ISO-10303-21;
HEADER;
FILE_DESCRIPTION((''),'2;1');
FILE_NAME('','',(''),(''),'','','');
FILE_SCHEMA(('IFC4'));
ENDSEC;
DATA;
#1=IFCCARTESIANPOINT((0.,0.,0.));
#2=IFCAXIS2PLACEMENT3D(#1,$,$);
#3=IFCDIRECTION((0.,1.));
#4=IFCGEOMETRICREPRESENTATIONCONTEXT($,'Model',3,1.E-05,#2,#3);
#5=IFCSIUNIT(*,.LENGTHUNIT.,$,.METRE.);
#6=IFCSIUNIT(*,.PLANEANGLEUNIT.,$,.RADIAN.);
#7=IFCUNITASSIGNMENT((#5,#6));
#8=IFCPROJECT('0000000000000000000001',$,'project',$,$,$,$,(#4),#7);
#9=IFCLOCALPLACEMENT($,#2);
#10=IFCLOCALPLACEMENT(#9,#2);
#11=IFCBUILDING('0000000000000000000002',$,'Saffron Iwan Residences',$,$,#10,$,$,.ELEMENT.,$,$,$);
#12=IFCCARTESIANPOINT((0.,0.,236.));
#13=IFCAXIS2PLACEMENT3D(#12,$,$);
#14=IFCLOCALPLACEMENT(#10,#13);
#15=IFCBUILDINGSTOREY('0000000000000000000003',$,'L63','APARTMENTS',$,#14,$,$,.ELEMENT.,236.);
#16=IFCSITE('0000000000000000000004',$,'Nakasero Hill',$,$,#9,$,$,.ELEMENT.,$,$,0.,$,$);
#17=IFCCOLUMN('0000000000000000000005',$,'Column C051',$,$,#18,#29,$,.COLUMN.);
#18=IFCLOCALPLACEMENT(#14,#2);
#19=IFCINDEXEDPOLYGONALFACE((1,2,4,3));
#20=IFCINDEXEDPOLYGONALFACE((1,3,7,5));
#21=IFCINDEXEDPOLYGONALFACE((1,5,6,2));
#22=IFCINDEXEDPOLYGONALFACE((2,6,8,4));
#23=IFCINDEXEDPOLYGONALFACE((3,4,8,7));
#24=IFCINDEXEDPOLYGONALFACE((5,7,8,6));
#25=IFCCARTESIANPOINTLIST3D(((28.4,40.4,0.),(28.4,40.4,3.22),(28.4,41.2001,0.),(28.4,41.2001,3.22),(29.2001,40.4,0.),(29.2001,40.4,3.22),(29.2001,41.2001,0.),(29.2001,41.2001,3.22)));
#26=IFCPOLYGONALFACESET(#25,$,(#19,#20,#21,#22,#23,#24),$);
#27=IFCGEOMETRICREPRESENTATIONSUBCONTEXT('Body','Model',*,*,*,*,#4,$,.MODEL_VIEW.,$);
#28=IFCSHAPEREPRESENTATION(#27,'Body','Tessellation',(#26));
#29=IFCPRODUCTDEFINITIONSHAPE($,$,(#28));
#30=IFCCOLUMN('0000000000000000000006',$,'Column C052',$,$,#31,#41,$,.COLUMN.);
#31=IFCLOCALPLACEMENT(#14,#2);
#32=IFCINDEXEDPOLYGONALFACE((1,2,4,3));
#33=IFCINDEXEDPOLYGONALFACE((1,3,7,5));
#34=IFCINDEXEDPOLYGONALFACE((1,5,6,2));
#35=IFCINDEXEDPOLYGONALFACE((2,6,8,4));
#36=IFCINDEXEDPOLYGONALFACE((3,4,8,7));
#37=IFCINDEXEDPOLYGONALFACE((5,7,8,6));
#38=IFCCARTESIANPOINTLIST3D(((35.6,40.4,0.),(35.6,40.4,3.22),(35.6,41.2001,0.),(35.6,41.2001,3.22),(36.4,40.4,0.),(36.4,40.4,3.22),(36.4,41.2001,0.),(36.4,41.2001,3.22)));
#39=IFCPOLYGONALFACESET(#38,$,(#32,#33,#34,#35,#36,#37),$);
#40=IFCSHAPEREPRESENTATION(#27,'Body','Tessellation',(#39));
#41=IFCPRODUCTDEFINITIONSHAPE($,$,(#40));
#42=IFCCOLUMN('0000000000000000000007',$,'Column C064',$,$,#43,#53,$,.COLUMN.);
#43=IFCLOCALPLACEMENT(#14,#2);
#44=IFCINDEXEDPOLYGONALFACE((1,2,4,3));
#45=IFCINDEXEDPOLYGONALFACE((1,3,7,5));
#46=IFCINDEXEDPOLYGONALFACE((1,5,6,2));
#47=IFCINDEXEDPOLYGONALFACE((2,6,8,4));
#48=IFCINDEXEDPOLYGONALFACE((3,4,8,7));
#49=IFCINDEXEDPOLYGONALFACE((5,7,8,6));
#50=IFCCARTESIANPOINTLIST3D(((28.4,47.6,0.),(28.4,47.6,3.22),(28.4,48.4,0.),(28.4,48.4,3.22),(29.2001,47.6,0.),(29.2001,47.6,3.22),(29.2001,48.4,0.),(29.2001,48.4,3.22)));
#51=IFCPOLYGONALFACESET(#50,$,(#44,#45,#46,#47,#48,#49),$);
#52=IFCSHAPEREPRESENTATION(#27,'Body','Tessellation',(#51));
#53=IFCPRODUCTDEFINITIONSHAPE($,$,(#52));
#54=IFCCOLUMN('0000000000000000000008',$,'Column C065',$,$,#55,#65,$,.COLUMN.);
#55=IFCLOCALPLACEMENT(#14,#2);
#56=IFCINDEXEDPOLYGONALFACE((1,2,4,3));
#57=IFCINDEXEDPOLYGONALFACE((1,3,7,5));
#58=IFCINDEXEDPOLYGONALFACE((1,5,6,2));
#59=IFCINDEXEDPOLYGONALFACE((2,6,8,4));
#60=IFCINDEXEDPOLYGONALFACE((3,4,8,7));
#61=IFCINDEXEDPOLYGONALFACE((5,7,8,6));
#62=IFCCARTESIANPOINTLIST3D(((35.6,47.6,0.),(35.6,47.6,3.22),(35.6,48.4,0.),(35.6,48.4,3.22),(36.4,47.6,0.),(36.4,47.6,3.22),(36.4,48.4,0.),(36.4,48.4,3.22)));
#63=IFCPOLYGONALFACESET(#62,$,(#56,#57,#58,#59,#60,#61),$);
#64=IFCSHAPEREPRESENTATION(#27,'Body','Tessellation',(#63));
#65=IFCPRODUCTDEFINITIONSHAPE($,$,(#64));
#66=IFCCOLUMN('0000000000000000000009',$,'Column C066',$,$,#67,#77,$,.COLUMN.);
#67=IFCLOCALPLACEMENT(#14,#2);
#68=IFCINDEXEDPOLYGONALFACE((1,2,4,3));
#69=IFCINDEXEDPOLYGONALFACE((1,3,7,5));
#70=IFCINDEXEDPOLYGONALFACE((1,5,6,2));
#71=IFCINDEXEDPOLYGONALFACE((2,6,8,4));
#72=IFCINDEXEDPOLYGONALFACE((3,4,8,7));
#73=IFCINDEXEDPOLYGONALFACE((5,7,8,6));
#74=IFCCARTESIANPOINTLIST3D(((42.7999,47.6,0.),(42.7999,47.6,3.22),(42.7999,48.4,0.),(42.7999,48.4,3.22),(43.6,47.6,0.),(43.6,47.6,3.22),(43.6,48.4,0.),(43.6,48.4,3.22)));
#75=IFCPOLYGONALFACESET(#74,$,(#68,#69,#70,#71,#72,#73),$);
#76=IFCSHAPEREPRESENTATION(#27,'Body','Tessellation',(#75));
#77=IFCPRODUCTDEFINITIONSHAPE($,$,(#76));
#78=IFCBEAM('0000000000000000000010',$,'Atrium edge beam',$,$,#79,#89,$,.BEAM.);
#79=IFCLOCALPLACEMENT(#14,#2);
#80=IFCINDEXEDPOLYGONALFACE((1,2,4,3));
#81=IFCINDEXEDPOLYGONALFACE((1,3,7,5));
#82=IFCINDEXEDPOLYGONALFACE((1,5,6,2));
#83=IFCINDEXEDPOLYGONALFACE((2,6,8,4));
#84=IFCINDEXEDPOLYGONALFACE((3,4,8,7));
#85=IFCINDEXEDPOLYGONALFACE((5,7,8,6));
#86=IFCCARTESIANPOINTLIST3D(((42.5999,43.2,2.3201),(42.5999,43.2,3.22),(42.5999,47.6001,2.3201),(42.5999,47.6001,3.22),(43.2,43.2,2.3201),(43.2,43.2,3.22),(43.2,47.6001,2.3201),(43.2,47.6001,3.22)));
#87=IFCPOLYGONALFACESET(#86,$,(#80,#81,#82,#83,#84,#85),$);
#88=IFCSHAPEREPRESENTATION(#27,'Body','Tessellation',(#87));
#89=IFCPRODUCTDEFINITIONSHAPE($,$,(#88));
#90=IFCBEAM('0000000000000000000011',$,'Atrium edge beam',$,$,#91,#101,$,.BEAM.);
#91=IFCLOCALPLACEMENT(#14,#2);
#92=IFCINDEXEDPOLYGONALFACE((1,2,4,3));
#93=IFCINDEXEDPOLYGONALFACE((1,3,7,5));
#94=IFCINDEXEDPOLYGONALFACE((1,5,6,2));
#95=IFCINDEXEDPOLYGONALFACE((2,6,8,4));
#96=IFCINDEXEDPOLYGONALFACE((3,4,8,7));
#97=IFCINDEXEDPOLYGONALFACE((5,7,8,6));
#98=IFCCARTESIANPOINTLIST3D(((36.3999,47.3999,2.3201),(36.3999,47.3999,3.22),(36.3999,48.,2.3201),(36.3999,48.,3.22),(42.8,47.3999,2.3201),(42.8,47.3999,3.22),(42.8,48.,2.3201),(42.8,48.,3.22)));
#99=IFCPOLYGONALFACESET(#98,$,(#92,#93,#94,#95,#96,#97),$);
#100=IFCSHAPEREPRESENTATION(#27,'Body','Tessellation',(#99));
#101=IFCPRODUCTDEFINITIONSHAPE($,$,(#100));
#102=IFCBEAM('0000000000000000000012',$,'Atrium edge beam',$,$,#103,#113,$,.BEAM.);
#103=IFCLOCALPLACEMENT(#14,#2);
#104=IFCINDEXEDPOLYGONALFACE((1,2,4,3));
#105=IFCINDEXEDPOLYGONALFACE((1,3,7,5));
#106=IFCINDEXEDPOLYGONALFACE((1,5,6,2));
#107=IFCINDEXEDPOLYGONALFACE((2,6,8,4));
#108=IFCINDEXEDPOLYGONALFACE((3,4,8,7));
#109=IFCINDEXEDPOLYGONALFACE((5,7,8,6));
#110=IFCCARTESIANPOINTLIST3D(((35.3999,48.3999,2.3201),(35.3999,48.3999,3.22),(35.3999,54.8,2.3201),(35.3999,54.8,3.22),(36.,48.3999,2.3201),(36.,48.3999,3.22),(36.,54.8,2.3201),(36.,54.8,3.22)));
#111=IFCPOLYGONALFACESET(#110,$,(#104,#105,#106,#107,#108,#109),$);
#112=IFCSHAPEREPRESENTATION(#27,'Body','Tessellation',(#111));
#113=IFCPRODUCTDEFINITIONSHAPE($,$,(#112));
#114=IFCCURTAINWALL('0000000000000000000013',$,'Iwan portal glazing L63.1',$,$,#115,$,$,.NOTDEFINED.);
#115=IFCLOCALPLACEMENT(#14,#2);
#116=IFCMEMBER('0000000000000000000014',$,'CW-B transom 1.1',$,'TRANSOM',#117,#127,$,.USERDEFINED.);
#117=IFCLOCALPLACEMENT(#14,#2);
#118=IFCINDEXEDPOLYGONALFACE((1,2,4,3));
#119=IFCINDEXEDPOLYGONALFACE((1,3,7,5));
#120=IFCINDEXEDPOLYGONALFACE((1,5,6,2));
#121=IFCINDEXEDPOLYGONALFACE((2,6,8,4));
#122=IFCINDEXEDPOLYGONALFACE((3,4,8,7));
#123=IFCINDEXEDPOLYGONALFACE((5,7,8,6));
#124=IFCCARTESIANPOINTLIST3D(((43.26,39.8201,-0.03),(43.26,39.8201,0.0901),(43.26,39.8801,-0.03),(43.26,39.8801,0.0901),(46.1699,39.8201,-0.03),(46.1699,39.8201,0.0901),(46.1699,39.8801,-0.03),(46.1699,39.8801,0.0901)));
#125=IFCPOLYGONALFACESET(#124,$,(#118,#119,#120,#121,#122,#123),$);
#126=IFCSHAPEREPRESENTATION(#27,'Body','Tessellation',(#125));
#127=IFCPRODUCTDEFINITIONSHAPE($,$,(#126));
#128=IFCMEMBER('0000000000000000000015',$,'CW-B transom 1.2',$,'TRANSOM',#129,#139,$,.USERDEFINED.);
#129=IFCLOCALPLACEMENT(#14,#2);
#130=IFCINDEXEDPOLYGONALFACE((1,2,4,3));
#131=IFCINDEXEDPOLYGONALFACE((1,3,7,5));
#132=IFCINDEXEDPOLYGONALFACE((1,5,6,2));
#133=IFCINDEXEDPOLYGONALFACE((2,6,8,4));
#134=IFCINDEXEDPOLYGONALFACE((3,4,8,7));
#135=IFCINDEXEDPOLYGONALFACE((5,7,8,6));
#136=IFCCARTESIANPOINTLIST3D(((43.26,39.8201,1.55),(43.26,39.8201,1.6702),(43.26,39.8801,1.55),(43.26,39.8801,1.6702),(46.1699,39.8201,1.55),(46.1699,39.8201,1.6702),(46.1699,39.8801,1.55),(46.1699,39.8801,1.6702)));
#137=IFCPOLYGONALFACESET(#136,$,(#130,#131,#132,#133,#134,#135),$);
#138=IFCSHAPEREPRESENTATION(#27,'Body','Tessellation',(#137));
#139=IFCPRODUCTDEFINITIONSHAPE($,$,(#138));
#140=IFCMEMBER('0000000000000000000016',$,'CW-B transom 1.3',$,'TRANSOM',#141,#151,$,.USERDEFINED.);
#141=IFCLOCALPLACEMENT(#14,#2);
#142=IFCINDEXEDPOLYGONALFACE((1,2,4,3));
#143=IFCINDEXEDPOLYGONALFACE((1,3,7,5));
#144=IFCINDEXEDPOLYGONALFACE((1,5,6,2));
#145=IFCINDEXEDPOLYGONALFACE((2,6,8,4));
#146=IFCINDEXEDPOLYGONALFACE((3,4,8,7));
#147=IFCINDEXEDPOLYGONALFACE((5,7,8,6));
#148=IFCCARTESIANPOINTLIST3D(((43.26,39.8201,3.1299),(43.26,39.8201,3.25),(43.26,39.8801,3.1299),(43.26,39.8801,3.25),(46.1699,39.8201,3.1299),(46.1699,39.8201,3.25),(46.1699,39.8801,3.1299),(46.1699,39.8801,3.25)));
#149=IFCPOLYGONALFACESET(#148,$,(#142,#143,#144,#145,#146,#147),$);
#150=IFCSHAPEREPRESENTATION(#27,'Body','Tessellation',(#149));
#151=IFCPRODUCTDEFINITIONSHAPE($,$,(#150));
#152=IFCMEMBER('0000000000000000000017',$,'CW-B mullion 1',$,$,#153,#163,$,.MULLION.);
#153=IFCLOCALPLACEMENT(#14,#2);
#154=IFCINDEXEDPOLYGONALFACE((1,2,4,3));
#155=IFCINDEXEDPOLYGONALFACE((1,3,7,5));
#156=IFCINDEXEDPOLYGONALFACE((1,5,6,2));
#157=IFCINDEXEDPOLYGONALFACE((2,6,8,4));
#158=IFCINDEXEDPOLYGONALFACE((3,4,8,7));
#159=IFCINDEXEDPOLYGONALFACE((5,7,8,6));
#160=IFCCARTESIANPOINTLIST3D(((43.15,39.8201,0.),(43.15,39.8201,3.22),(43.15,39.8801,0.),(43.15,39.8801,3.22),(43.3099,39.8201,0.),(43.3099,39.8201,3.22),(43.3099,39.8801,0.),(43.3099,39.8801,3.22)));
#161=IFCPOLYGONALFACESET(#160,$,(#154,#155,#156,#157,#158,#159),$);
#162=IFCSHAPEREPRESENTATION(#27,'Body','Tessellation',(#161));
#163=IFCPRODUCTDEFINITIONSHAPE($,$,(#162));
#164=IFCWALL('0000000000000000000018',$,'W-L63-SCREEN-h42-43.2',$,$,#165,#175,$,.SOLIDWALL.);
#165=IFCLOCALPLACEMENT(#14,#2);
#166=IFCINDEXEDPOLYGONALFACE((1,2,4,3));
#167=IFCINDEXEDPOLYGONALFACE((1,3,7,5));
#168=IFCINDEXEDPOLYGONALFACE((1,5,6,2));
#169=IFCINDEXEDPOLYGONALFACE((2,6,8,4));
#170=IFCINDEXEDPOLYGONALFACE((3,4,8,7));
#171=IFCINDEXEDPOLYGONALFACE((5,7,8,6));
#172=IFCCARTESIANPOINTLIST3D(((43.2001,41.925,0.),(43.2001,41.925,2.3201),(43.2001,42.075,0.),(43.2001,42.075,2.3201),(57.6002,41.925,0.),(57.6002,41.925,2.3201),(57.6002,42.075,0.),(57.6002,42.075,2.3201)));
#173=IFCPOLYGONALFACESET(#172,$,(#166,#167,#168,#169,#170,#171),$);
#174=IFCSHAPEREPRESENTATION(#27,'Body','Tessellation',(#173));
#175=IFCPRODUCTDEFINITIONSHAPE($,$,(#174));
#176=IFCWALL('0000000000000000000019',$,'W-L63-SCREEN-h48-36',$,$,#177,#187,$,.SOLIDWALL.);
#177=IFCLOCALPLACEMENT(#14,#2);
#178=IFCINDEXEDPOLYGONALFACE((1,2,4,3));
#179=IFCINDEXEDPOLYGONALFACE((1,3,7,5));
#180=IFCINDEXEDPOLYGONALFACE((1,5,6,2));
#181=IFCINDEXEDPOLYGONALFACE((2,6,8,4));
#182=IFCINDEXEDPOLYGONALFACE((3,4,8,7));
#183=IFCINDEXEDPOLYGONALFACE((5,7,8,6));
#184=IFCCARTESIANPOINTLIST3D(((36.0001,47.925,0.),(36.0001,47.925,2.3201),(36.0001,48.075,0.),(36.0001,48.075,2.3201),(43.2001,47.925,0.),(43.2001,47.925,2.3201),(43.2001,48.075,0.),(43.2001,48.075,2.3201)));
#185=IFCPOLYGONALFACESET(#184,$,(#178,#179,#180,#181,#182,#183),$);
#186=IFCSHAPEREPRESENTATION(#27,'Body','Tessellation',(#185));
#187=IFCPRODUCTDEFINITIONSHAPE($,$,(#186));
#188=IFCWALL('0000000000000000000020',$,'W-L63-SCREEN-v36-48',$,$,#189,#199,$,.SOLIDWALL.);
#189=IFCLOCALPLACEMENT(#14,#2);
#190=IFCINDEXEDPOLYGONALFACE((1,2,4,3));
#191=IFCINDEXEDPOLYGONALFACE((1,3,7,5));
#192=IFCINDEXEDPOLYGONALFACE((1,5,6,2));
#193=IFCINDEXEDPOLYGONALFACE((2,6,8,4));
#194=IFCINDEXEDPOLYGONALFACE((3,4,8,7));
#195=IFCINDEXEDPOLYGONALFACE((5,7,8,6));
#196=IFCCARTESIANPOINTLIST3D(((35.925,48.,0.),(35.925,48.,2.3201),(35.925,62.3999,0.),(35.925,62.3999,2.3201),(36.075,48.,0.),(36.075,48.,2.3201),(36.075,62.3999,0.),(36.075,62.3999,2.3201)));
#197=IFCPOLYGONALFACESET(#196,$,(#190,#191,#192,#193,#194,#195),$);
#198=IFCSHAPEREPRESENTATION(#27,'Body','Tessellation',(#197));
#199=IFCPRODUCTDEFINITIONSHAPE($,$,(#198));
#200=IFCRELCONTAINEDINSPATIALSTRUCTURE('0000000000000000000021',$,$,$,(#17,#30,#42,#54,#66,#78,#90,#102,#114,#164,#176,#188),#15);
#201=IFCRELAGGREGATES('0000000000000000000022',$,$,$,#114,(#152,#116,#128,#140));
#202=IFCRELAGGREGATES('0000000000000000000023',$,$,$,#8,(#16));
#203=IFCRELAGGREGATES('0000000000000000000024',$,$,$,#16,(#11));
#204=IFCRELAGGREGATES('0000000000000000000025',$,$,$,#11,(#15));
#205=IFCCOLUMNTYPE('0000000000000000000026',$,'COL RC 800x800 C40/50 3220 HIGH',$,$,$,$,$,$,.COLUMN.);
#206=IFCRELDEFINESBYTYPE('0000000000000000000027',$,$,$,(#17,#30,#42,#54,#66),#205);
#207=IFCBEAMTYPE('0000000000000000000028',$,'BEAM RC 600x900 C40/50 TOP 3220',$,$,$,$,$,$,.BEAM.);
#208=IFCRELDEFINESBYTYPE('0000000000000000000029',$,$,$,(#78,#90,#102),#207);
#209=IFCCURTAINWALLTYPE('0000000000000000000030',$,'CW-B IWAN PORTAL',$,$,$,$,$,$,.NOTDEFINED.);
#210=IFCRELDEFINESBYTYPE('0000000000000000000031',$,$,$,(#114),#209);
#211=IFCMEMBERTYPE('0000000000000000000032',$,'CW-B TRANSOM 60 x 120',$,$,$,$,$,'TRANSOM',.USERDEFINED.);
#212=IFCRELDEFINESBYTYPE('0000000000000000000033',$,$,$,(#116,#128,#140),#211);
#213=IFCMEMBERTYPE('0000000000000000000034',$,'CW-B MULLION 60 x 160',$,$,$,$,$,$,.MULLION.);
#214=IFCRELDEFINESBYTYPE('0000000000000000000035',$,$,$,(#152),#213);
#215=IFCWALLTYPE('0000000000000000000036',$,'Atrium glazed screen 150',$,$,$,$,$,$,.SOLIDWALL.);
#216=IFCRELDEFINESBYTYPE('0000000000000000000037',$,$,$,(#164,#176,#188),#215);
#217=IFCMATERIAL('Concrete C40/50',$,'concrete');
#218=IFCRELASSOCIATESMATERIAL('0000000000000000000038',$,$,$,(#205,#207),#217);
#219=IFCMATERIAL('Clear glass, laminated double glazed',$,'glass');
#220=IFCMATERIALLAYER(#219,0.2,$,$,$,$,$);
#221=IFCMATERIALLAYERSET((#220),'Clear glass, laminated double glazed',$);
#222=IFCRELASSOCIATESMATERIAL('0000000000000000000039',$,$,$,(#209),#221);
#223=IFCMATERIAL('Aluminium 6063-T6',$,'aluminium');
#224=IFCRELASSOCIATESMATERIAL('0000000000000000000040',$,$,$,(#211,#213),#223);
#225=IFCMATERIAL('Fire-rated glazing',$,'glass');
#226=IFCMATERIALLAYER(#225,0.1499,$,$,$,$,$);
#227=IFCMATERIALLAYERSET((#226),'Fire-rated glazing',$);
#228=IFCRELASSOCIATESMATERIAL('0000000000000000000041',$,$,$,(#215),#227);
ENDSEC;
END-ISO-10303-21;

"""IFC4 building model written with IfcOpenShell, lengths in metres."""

from ifc_helpers import new_model, si_unit, direction, frame, frame_2d, origin, origin_2d, place, context, subcontext, project, spatial, rectangle, extrude, source, transform, mapped, material, layer, layer_set, material_profile, profile_set, type_object, element, aggregate, save


model = new_model("IFC4")

# Units and contexts
model_context = context("Model", 3, precision=1e-05, world=origin(), true_north=direction((0.0, 1.0)))
body_context = subcontext(model_context, "Body", "Model", "MODEL_VIEW")
ifc_project = project(units=[si_unit("LENGTHUNIT", "METRE"), si_unit("PLANEANGLEUNIT", "RADIAN")], contexts=[model_context])

# Site, building, storey
site_placement = place(None, origin())
site = spatial("IfcSite", under=ifc_project, at=site_placement, Name="Nakasero Hill", CompositionType="ELEMENT", RefElevation=0.0)
building_placement = place(site_placement, origin())
building = spatial("IfcBuilding", under=site, at=building_placement, Name="Saffron Iwan Residences", CompositionType="ELEMENT")
storey_placement = place(building_placement, frame((0.0, 0.0, 236.0)))
storey = spatial("IfcBuildingStorey", under=building, at=storey_placement, Name="L63", Description="APARTMENTS", CompositionType="ELEMENT", Elevation=236.0)

# Columns
ifc_material_1 = material(Name="Concrete C40/50", Category="concrete")
ifc_material_profile_1 = material_profile(ifc_material_1, rectangle(XDim=0.8, YDim=0.8, at=origin_2d()), Name="RC 800x800")
ifc_profile_set_1 = profile_set([ifc_material_profile_1], Name="Concrete C40/50")
column_type = type_object("IfcColumnType", Name="COL RC 800x800 C40/50 3220 HIGH", PredefinedType="COLUMN", material=ifc_profile_set_1)
shared_shape_1 = source(origin(), body_context, "Body", "SweptSolid", [
    extrude(rectangle(XDim=0.8, YDim=0.8, at=origin_2d()), origin(), (0.0, 0.0, 1.0), 3.22),
])
for number, where, z_axis, x_axis, name in (
    (1, (28.8, 40.8, 0.0), (0.0, 0.0, 1.0), (1.0, 0.0, 0.0), "Column C051"),
    (2, (36.0, 40.8, 0.0), (0.0, 0.0, 1.0), (1.0, 0.0, 0.0), "Column C052"),
    (3, (28.8, 48.0, 0.0), (0.0, 0.0, 1.0), (1.0, 0.0, 0.0), "Column C064"),
    (4, (36.0, 48.0, 0.0), (0.0, 0.0, 1.0), (1.0, 0.0, 0.0), "Column C065"),
    (5, (43.2, 48.0, 0.0), (0.0, 0.0, 1.0), (1.0, 0.0, 0.0), "Column C066"),
):
    element("IfcColumn", number, at=place(storey_placement, frame(where, z_axis=z_axis, x_axis=x_axis)), inside=storey, type_object=column_type, Name=name, PredefinedType="COLUMN", context=body_context, shape_type="MappedRepresentation", body=[
        mapped(shared_shape_1, transform((0.0, 0.0, 0.0))),
    ])

# Beams
ifc_material_profile_2 = material_profile(ifc_material_1, rectangle(XDim=0.6001, YDim=0.8999, at=origin_2d()), Name="RC 600x900")
ifc_profile_set_2 = profile_set([ifc_material_profile_2], Name="Concrete C40/50")
beam_type = type_object("IfcBeamType", Name="BEAM RC 600x900 C40/50 TOP 3220", PredefinedType="BEAM", material=ifc_profile_set_2)
shared_shape_2 = source(origin(), body_context, "Body", "SweptSolid", [
    extrude(rectangle(XDim=0.6001, YDim=0.8999, at=origin_2d()), origin(), (0.0, 0.0, 1.0), 4.4001),
])
beam_placement = place(storey_placement, frame((42.8999, 43.2, 2.77), z_axis=(0.0, 1.0, 0.0), x_axis=(-1.0, 0.0, 0.0)))
element("IfcBeam", 6, at=beam_placement, inside=storey, type_object=beam_type, Name="Atrium edge beam", PredefinedType="BEAM", context=body_context, shape_type="MappedRepresentation", body=[
    mapped(shared_shape_2, transform((0.0, 0.0, 0.0))),
])
shared_shape_3 = source(origin(), body_context, "Body", "SweptSolid", [
    extrude(rectangle(XDim=0.6001, YDim=0.8999, at=origin_2d()), origin(), (0.0, 0.0, 1.0), 6.4001),
])
for number, where, z_axis, x_axis, name in (
    (7, (42.8, 47.7, 2.77), (-1.0, 0.0, 0.0), (0.0, -1.0, 0.0), "Atrium edge beam"),
    (8, (35.7, 48.3999, 2.77), (0.0, 1.0, 0.0), (-1.0, 0.0, 0.0), "Atrium edge beam"),
):
    element("IfcBeam", number, at=place(storey_placement, frame(where, z_axis=z_axis, x_axis=x_axis)), inside=storey, type_object=beam_type, Name=name, PredefinedType="BEAM", context=body_context, shape_type="MappedRepresentation", body=[
        mapped(shared_shape_3, transform((0.0, 0.0, 0.0))),
    ])

# Curtain wall, members
ifc_material_2 = material(Name="Clear glass, laminated double glazed", Category="glass")
ifc_layer_1 = layer(ifc_material_2, 0.2)
ifc_layer_set_1 = layer_set([ifc_layer_1], Name="Clear glass, laminated double glazed")
curtain_wall_type = type_object("IfcCurtainWallType", Name="CW-B IWAN PORTAL", PredefinedType="NOTDEFINED", material=ifc_layer_set_1)
curtain_wall_placement = place(storey_placement, origin())
curtain_wall = element("IfcCurtainWall", 9, at=curtain_wall_placement, inside=storey, type_object=curtain_wall_type, Name="Iwan portal glazing L63.1", PredefinedType="NOTDEFINED")
ifc_material_3 = material(Name="Aluminium 6063-T6", Category="aluminium")
ifc_material_profile_3 = material_profile(ifc_material_3, rectangle(XDim=0.0601, YDim=0.1201, at=origin_2d()), Name="CW-B TRANSOM 60 x 120")
ifc_profile_set_3 = profile_set([ifc_material_profile_3], Name="Aluminium 6063-T6")
member_type_1 = type_object("IfcMemberType", Name="CW-B TRANSOM 60 x 120", ElementType="TRANSOM", PredefinedType="USERDEFINED", material=ifc_profile_set_3)
shared_shape_4 = source(origin(), body_context, "Body", "SweptSolid", [
    extrude(rectangle(XDim=0.0601, YDim=0.1201, at=origin_2d()), origin(), (0.0, 0.0, 1.0), 2.9099),
])
member_1_placement = place(storey_placement, frame((43.26, 39.8501, 0.03), z_axis=(1.0, 0.0, 0.0), x_axis=(0.0, 1.0, 0.0)))
member_1 = element("IfcMember", 10, at=member_1_placement, type_object=member_type_1, Name="CW-B transom 1.1", ObjectType="TRANSOM", PredefinedType="USERDEFINED", context=body_context, shape_type="MappedRepresentation", body=[
    mapped(shared_shape_4, transform((0.0, 0.0, 0.0))),
])
member_2_placement = place(storey_placement, frame((43.26, 39.8501, 1.6101), z_axis=(1.0, 0.0, 0.0), x_axis=(0.0, 1.0, 0.0)))
member_2 = element("IfcMember", 11, at=member_2_placement, type_object=member_type_1, Name="CW-B transom 1.2", ObjectType="TRANSOM", PredefinedType="USERDEFINED", context=body_context, shape_type="MappedRepresentation", body=[
    mapped(shared_shape_4, transform((0.0, 0.0, 0.0))),
])
member_3_placement = place(storey_placement, frame((43.26, 39.8501, 3.1899), z_axis=(1.0, 0.0, 0.0), x_axis=(0.0, 1.0, 0.0)))
member_3 = element("IfcMember", 12, at=member_3_placement, type_object=member_type_1, Name="CW-B transom 1.3", ObjectType="TRANSOM", PredefinedType="USERDEFINED", context=body_context, shape_type="MappedRepresentation", body=[
    mapped(shared_shape_4, transform((0.0, 0.0, 0.0))),
])
ifc_material_profile_4 = material_profile(ifc_material_3, rectangle(XDim=0.0601, YDim=0.1599, at=origin_2d()), Name="CW-B MULLION 60 x 160")
ifc_profile_set_4 = profile_set([ifc_material_profile_4], Name="Aluminium 6063-T6")
member_type_2 = type_object("IfcMemberType", Name="CW-B MULLION 60 x 160", PredefinedType="MULLION", material=ifc_profile_set_4)
shared_shape_5 = source(origin(), body_context, "Body", "SweptSolid", [
    extrude(rectangle(XDim=0.0601, YDim=0.1599, at=origin_2d()), origin(), (0.0, 0.0, 1.0), 3.22),
])
member_4_placement = place(storey_placement, frame((43.23, 39.8501, 0.0), z_axis=(0.0, 0.0, 1.0), x_axis=(0.0, 1.0, 0.0)))
member_4 = element("IfcMember", 13, at=member_4_placement, type_object=member_type_2, Name="CW-B mullion 1", PredefinedType="MULLION", context=body_context, shape_type="MappedRepresentation", body=[
    mapped(shared_shape_5, transform((0.0, 0.0, 0.0))),
])
aggregate(curtain_wall, [member_4, member_1, member_2, member_3])

# Walls
ifc_material_4 = material(Name="Fire-rated glazing", Category="glass")
ifc_layer_2 = layer(ifc_material_4, 0.1499)
ifc_layer_set_2 = layer_set([ifc_layer_2], Name="Fire-rated glazing")
wall_type_1 = type_object("IfcWallType", Name="Atrium glazed screen 150", PredefinedType="SOLIDWALL", material=ifc_layer_set_2)
wall_1_placement = place(storey_placement, frame((43.2, 42.0, 0.0), z_axis=(0.0, 0.0, 1.0), x_axis=(1.0, 0.0, 0.0)))
element("IfcWall", 14, at=wall_1_placement, inside=storey, type_object=wall_type_1, Name="W-L63-SCREEN-h42-43.2", PredefinedType="SOLIDWALL", context=body_context, shape_type="SweptSolid", body=[
    extrude(rectangle(XDim=14.4001, YDim=0.1499, at=frame_2d((7.2002, 0.0))), origin(), (0.0, 0.0, 1.0), 2.3201),
])
wall_2_placement = place(storey_placement, frame((36.0, 48.0, 0.0), z_axis=(0.0, 0.0, 1.0), x_axis=(1.0, 0.0, 0.0)))
element("IfcWall", 15, at=wall_2_placement, inside=storey, type_object=wall_type_1, Name="W-L63-SCREEN-h48-36", PredefinedType="SOLIDWALL", context=body_context, shape_type="SweptSolid", body=[
    extrude(rectangle(XDim=7.2, YDim=0.1499, at=frame_2d((3.6001, 0.0))), origin(), (0.0, 0.0, 1.0), 2.3201),
])
wall_3_placement = place(storey_placement, frame((36.0, 48.0, 0.0), z_axis=(0.0, 0.0, 1.0), x_axis=(0.0, 1.0, 0.0)))
element("IfcWall", 16, at=wall_3_placement, inside=storey, type_object=wall_type_1, Name="W-L63-SCREEN-v36-48", PredefinedType="SOLIDWALL", context=body_context, shape_type="SweptSolid", body=[
    extrude(rectangle(XDim=14.3999, YDim=0.1499, at=frame_2d((7.2, 0.0))), origin(), (0.0, 0.0, 1.0), 2.3201),
])

save(model, "model.ifc")
